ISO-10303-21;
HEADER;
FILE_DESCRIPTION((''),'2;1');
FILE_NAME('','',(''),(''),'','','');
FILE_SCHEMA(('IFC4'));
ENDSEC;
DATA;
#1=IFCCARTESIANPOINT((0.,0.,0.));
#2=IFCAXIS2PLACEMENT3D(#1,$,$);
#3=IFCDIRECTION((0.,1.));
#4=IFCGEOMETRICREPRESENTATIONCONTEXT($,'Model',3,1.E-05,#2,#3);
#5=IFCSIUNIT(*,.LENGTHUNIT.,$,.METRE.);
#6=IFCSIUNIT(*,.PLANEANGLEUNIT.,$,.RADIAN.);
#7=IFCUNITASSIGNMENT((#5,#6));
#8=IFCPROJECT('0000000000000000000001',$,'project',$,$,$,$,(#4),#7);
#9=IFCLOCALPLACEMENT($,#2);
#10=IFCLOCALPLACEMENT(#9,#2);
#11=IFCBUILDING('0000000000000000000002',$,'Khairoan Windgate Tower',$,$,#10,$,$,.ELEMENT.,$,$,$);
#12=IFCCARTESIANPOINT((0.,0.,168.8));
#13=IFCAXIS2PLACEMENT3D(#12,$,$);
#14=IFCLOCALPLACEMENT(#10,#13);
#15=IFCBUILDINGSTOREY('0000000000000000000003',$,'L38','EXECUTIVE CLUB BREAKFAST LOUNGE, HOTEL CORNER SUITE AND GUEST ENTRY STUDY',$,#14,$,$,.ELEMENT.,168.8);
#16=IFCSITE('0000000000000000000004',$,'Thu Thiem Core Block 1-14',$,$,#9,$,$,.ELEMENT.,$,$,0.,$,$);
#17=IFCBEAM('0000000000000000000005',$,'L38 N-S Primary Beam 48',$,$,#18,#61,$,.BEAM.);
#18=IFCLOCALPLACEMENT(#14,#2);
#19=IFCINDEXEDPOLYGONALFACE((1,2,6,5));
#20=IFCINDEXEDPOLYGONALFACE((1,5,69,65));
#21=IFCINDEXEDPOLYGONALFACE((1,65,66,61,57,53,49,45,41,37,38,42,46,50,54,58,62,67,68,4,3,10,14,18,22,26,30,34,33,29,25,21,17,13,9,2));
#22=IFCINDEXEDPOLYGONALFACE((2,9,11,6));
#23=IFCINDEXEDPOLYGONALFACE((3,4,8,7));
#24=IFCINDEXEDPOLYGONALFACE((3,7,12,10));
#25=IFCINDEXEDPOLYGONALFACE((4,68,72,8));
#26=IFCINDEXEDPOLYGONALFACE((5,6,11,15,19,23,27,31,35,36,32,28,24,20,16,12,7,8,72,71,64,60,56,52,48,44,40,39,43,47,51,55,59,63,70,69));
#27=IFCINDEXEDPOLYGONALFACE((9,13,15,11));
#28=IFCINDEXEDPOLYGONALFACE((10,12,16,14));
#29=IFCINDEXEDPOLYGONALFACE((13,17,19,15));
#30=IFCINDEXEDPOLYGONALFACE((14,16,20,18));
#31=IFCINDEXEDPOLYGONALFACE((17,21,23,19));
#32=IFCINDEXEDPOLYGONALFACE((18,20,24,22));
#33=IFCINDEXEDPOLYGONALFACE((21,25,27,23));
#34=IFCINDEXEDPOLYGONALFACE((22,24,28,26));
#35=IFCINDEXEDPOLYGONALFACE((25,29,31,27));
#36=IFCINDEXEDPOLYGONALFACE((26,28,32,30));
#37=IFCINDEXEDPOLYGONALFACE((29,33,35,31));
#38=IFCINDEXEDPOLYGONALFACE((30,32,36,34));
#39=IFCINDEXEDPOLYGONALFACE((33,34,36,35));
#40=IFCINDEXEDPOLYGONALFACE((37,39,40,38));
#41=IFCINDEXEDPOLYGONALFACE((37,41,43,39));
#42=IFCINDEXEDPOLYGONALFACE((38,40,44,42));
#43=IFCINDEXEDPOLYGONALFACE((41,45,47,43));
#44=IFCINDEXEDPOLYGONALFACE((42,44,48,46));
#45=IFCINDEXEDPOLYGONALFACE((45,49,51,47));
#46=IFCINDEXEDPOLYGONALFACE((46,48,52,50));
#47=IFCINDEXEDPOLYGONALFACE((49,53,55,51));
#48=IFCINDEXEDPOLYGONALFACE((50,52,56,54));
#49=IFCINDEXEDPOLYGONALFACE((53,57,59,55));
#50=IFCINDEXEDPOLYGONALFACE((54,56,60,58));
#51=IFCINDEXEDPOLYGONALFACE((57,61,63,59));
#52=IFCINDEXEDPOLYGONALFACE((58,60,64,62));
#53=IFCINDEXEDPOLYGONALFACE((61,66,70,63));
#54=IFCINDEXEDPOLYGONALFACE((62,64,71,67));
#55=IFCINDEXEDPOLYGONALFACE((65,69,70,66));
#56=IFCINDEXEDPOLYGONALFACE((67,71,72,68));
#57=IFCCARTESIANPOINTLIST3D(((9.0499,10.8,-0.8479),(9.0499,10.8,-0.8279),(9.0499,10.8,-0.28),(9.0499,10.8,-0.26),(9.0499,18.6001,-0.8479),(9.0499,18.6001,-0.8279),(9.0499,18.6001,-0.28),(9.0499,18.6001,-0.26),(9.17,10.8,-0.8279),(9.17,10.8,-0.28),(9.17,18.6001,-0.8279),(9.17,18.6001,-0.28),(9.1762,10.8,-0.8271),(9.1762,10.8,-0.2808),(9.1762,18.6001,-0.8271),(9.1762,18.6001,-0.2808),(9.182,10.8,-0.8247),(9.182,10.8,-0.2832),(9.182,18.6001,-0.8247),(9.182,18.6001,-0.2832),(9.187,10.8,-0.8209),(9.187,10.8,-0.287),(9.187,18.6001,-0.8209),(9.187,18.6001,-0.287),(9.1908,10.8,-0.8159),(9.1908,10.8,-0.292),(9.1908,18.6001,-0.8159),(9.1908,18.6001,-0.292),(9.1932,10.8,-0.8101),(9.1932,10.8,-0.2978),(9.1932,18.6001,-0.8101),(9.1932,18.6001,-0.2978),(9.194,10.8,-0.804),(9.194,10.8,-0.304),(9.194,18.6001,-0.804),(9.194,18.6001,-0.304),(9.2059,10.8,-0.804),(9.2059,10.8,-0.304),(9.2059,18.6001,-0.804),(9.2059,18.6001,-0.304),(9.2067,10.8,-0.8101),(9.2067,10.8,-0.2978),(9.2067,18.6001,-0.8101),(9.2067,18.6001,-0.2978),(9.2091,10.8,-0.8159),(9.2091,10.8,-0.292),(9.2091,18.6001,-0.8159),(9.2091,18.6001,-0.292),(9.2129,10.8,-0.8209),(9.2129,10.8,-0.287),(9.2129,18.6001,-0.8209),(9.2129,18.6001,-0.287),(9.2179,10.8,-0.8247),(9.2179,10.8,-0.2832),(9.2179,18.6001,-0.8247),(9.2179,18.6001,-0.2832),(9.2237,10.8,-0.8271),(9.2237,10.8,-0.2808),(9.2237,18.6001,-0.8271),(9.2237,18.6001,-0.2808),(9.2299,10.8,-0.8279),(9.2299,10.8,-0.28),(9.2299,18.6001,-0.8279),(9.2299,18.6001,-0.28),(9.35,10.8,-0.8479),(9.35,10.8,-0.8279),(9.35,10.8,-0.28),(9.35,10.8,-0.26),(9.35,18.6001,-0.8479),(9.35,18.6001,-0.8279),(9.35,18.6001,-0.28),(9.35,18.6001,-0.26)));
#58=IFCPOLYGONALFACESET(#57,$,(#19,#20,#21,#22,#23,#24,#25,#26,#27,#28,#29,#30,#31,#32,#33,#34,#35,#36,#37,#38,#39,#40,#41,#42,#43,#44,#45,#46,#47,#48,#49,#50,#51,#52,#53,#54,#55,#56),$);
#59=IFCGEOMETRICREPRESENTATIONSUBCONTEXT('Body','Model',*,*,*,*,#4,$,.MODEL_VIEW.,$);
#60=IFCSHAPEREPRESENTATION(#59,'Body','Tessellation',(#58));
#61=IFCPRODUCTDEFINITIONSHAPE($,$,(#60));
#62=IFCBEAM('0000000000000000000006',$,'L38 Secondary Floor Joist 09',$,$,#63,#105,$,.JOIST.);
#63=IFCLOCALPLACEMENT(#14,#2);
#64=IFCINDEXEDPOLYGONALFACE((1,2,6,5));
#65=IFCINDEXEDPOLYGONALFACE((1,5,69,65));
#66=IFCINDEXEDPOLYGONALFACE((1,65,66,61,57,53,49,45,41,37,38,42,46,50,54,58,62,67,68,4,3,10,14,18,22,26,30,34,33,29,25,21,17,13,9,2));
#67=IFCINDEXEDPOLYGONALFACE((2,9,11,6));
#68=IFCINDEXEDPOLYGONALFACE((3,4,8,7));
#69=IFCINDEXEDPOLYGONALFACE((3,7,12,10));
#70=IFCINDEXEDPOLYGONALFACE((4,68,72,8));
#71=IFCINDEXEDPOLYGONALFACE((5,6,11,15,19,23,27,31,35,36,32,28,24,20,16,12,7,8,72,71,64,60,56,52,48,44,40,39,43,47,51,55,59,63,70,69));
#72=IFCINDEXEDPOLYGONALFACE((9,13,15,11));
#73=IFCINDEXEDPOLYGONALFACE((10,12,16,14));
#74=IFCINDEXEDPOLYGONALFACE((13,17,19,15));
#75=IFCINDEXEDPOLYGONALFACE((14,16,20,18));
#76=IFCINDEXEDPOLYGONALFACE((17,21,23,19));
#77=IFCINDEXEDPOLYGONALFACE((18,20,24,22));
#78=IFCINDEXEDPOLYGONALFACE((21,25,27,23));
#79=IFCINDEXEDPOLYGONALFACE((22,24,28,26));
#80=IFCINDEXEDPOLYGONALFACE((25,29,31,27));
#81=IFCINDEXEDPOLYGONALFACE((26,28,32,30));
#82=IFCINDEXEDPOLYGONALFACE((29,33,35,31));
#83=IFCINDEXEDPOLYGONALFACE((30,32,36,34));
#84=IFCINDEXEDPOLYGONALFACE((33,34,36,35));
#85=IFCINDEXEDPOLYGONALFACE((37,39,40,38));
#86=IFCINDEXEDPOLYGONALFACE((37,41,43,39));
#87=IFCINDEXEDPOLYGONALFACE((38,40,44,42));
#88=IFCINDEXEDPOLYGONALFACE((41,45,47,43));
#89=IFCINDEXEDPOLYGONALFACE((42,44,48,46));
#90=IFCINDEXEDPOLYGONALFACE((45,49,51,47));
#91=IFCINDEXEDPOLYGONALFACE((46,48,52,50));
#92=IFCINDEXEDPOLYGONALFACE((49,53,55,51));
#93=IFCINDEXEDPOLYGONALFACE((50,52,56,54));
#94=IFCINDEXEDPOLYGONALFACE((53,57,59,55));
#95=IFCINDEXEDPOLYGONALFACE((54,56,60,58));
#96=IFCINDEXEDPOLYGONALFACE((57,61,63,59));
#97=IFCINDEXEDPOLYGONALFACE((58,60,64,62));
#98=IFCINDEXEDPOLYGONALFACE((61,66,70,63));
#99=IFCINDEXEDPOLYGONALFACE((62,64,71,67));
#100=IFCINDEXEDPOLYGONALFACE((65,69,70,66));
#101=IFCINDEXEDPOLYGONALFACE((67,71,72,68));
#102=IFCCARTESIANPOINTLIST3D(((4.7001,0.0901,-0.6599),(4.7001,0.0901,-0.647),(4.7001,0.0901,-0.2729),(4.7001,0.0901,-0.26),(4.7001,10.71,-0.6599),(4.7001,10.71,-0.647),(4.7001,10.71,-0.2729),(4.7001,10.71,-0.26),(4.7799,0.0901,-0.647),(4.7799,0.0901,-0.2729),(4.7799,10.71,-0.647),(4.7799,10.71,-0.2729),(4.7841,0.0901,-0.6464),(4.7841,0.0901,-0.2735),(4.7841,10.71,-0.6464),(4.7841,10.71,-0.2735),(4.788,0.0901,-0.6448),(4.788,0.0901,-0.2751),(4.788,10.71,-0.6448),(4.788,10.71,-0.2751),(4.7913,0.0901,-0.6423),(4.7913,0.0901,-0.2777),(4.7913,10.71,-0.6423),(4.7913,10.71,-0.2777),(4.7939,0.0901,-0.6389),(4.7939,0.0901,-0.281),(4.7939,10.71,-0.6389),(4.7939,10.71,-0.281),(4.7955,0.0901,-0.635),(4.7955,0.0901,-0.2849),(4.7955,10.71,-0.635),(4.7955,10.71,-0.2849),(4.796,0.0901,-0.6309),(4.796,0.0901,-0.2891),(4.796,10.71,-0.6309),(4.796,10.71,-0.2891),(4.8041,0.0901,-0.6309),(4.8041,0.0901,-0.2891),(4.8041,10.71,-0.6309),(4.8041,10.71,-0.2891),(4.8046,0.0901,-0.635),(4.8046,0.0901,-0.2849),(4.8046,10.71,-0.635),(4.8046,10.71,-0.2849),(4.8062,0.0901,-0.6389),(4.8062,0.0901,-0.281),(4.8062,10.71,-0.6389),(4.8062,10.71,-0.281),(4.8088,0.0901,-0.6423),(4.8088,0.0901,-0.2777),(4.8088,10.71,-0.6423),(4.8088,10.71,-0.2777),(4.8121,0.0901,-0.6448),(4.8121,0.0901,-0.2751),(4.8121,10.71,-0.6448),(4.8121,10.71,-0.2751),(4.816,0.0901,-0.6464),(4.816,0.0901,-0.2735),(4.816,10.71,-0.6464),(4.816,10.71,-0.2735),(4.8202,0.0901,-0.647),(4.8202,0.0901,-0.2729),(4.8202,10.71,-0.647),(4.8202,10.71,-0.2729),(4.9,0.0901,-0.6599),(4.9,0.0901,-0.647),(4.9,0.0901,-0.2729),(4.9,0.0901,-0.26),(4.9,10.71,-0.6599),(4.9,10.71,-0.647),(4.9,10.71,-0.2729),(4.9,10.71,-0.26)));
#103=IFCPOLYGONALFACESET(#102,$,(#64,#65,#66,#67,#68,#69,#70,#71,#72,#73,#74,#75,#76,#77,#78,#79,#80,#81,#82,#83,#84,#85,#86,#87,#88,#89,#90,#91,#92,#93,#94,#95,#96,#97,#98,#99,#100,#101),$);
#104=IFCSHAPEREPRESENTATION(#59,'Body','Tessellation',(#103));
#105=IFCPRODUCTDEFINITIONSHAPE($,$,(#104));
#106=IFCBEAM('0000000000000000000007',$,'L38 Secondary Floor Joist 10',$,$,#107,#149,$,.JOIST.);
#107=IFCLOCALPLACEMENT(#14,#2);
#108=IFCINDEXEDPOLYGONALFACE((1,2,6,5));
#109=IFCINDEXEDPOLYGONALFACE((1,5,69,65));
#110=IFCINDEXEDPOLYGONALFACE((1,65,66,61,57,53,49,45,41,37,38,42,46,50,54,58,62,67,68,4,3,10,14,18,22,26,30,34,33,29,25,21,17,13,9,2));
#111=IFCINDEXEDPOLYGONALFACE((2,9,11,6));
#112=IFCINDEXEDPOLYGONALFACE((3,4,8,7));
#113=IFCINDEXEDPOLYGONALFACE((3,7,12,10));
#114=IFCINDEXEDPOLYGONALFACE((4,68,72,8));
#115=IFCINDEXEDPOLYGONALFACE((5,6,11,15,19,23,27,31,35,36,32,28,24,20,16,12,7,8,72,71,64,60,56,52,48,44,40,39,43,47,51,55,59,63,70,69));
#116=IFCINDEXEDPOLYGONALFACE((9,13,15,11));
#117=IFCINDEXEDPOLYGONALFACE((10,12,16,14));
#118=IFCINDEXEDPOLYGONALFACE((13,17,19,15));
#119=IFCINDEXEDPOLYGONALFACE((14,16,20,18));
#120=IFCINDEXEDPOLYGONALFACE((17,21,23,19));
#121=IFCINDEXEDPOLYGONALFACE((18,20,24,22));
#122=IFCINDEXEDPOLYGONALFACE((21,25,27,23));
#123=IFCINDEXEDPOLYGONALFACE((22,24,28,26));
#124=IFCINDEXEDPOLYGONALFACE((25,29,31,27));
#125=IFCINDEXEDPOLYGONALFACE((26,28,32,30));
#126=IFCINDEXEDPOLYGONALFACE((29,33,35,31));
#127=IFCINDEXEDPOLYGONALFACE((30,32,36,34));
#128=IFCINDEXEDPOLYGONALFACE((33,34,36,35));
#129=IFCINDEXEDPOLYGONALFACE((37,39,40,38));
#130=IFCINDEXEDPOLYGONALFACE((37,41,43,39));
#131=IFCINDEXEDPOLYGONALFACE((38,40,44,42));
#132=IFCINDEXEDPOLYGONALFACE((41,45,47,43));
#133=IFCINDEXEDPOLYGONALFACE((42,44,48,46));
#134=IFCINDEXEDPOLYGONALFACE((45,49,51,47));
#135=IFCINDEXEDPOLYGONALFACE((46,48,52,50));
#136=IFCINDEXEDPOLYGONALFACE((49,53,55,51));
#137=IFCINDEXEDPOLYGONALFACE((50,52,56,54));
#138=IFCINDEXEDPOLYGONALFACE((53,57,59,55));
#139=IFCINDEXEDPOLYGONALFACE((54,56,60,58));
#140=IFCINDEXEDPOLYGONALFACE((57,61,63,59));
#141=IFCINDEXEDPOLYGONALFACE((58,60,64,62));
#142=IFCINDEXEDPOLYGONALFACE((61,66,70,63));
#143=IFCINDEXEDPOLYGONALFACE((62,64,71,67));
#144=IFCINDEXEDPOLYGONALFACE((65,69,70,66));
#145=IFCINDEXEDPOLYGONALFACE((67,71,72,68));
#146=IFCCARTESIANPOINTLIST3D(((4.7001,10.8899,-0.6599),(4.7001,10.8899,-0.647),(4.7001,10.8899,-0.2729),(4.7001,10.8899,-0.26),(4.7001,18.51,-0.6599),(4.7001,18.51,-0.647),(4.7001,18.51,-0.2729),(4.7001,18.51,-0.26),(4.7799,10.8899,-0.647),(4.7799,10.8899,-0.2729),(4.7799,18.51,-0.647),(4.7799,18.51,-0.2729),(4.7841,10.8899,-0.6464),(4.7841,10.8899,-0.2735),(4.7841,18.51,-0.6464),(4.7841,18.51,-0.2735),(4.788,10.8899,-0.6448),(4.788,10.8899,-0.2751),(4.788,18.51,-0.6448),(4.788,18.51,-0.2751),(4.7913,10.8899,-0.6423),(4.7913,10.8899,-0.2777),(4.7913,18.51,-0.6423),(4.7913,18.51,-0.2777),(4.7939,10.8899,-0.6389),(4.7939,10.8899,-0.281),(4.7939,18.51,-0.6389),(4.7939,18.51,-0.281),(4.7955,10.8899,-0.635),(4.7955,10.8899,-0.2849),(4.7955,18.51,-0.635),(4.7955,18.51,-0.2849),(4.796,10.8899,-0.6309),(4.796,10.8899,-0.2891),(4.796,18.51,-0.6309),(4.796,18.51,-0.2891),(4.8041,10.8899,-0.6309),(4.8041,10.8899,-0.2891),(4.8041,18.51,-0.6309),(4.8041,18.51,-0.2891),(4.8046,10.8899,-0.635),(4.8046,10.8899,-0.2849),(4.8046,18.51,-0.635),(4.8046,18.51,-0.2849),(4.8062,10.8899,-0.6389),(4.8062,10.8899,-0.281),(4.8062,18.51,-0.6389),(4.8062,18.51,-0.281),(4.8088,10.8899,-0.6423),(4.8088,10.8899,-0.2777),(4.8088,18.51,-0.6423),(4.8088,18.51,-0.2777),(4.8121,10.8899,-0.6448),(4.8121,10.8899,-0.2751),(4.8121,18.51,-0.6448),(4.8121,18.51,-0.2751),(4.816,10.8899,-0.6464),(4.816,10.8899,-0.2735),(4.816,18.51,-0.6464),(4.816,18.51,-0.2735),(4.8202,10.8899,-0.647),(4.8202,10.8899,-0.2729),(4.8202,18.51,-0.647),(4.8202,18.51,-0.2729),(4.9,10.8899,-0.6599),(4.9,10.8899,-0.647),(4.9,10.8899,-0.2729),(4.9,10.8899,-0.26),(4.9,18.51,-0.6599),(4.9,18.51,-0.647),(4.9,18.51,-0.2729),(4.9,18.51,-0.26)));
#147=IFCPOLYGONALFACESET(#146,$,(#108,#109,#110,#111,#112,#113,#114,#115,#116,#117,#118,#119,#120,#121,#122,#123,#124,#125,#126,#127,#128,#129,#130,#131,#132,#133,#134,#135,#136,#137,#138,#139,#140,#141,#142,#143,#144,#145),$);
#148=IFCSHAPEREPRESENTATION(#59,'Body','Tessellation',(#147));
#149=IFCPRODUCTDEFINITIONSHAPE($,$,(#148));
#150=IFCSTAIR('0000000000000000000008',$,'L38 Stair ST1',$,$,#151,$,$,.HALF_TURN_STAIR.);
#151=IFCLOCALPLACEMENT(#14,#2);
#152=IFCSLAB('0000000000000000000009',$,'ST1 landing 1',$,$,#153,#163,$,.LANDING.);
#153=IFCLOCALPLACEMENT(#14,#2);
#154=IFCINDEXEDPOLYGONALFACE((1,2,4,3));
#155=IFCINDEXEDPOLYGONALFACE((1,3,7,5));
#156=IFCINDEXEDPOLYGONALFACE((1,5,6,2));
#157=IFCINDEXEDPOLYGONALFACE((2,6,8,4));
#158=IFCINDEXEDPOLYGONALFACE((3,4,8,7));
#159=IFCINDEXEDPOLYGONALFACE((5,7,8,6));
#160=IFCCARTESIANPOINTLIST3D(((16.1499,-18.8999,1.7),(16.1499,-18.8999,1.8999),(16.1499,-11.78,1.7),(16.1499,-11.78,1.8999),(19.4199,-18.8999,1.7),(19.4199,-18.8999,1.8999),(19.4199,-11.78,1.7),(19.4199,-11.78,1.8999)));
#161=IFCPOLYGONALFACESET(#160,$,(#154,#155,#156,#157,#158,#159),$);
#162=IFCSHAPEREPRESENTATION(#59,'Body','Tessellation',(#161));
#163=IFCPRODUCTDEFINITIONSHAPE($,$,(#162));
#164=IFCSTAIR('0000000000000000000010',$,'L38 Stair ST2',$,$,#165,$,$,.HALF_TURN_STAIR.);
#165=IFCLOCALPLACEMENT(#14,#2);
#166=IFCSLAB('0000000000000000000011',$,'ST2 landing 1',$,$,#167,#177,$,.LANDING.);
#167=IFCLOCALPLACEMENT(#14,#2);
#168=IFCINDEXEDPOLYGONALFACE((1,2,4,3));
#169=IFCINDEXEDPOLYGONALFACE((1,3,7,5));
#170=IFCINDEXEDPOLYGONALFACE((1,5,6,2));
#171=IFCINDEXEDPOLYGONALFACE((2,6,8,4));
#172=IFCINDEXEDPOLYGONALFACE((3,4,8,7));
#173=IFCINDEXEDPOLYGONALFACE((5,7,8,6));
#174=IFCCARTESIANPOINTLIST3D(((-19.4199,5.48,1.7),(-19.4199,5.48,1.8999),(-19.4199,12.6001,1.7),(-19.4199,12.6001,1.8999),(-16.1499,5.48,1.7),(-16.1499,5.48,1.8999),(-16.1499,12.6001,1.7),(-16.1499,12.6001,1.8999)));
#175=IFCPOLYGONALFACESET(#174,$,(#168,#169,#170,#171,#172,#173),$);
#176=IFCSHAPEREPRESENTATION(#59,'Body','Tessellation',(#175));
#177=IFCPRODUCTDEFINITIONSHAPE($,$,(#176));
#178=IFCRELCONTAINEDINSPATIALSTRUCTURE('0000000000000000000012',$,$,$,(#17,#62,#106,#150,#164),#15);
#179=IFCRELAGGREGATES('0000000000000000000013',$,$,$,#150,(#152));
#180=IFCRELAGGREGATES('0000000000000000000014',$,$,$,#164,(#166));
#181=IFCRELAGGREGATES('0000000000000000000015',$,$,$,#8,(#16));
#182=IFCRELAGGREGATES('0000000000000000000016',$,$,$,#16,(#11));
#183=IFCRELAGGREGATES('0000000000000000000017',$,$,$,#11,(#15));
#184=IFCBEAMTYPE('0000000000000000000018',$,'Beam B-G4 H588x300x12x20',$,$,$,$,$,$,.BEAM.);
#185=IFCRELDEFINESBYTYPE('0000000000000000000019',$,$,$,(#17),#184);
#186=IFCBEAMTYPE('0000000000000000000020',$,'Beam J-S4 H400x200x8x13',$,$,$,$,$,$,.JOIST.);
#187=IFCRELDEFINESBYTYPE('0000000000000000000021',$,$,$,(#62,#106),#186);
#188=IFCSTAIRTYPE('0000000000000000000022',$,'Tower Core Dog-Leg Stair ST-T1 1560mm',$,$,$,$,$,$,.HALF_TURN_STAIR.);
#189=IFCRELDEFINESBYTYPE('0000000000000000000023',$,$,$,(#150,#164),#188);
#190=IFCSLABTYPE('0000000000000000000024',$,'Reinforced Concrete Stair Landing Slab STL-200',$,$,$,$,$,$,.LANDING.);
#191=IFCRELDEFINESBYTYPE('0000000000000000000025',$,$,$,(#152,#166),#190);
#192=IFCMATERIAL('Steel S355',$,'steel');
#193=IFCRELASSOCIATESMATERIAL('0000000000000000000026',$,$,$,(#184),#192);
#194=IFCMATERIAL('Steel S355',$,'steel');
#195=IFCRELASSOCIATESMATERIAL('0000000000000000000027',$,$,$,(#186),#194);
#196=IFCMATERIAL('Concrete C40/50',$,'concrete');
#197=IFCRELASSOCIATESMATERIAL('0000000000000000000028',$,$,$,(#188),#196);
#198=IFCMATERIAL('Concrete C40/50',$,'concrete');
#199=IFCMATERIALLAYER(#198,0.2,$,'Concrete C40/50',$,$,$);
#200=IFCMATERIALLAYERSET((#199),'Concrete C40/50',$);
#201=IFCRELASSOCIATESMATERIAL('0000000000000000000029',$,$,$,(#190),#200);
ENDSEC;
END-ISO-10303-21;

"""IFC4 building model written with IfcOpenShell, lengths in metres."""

from ifc_helpers import new_model, si_unit, direction, frame, origin, origin_2d, place, context, subcontext, project, spatial, polyline, i_section, outline, extrude, material, layer, layer_set, material_profile, profile_set, type_object, element, aggregate, save


model = new_model("IFC4")

# Units and contexts
model_context = context("Model", 3, precision=1e-05, world=origin(), true_north=direction((0.0, 1.0)))
body_context = subcontext(model_context, "Body", "Model", "MODEL_VIEW")
ifc_project = project(units=[si_unit("LENGTHUNIT", "METRE"), si_unit("PLANEANGLEUNIT", "RADIAN")], contexts=[model_context])

# Site, building, storey
site_placement = place(None, origin())
site = spatial("IfcSite", under=ifc_project, at=site_placement, Name="Thu Thiem Core Block 1-14", CompositionType="ELEMENT", RefElevation=0.0)
building_placement = place(site_placement, origin())
building = spatial("IfcBuilding", under=site, at=building_placement, Name="Khairoan Windgate Tower", CompositionType="ELEMENT")
storey_placement = place(building_placement, frame((0.0, 0.0, 168.8)))
storey = spatial("IfcBuildingStorey", under=building, at=storey_placement, Name="L38", Description="EXECUTIVE CLUB BREAKFAST LOUNGE, HOTEL CORNER SUITE AND GUEST ENTRY STUDY", CompositionType="ELEMENT", Elevation=168.8)

# Beams
ifc_material_1 = material(Name="Steel S355", Category="steel")
ifc_material_profile_1 = material_profile(ifc_material_1, i_section(OverallWidth=0.3, OverallDepth=0.5879, WebThickness=0.012, FlangeThickness=0.02, FilletRadius=0.0239, at=origin_2d()))
ifc_profile_set_1 = profile_set([ifc_material_profile_1], Name="Steel S355")
beam_type_1 = type_object("IfcBeamType", Name="Beam B-G4 H588x300x12x20", PredefinedType="BEAM", material=ifc_profile_set_1)
beam_1_placement = place(storey_placement, frame((9.2, 10.8, -0.554), z_axis=(0.0, 1.0, 0.0), x_axis=(-1.0, 0.0, 0.0)))
element("IfcBeam", 1, at=beam_1_placement, inside=storey, type_object=beam_type_1, Name="L38 N-S Primary Beam 48", PredefinedType="BEAM", context=body_context, shape_type="SweptSolid", body=[
    extrude(i_section(OverallWidth=0.3, OverallDepth=0.5879, WebThickness=0.012, FlangeThickness=0.02, FilletRadius=0.0239, at=origin_2d()), origin(), (0.0, 0.0, 1.0), 7.8),
])
ifc_material_2 = material(Name="Steel S355", Category="steel")
ifc_material_profile_2 = material_profile(ifc_material_2, i_section(OverallWidth=0.2, OverallDepth=0.3999, WebThickness=0.0081, FlangeThickness=0.0129, FilletRadius=0.0161, at=origin_2d()))
ifc_profile_set_2 = profile_set([ifc_material_profile_2], Name="Steel S355")
beam_type_2 = type_object("IfcBeamType", Name="Beam J-S4 H400x200x8x13", PredefinedType="JOIST", material=ifc_profile_set_2)
beam_2_placement = place(storey_placement, frame((4.8, 0.0901, -0.46), z_axis=(0.0, 1.0, 0.0), x_axis=(-1.0, 0.0, 0.0)))
element("IfcBeam", 2, at=beam_2_placement, inside=storey, type_object=beam_type_2, Name="L38 Secondary Floor Joist 09", PredefinedType="JOIST", context=body_context, shape_type="SweptSolid", body=[
    extrude(i_section(OverallWidth=0.2, OverallDepth=0.3999, WebThickness=0.0081, FlangeThickness=0.0129, FilletRadius=0.0161, at=origin_2d()), origin(), (0.0, 0.0, 1.0), 10.6199),
])
beam_3_placement = place(storey_placement, frame((4.8, 10.8899, -0.46), z_axis=(0.0, 1.0, 0.0), x_axis=(-1.0, 0.0, 0.0)))
element("IfcBeam", 3, at=beam_3_placement, inside=storey, type_object=beam_type_2, Name="L38 Secondary Floor Joist 10", PredefinedType="JOIST", context=body_context, shape_type="SweptSolid", body=[
    extrude(i_section(OverallWidth=0.2, OverallDepth=0.3999, WebThickness=0.0081, FlangeThickness=0.0129, FilletRadius=0.0161, at=origin_2d()), origin(), (0.0, 0.0, 1.0), 7.6201),
])

# Stairs, slabs
ifc_material_3 = material(Name="Concrete C40/50", Category="concrete")
stair_type = type_object("IfcStairType", Name="Tower Core Dog-Leg Stair ST-T1 1560mm", PredefinedType="HALF_TURN_STAIR", material=ifc_material_3)
stair_1_placement = place(storey_placement, origin())
stair_1 = element("IfcStair", 4, at=stair_1_placement, inside=storey, type_object=stair_type, Name="L38 Stair ST1", PredefinedType="HALF_TURN_STAIR")
ifc_material_4 = material(Name="Concrete C40/50", Category="concrete")
ifc_layer_1 = layer(ifc_material_4, 0.2, Name="Concrete C40/50")
ifc_layer_set_1 = layer_set([ifc_layer_1], Name="Concrete C40/50")
slab_type_1 = type_object("IfcSlabType", Name="Reinforced Concrete Stair Landing Slab STL-200", PredefinedType="LANDING", material=ifc_layer_set_1)
slab_1_placement = place(storey_placement, frame((0.0, 0.0, 1.7)))
slab_1 = element("IfcSlab", 5, at=slab_1_placement, type_object=slab_type_1, Name="ST1 landing 1", PredefinedType="LANDING", context=body_context, shape_type="SweptSolid", body=[
    extrude(outline(polyline([(16.1499, -11.78), (16.1499, -18.8999), (19.4199, -18.8999), (19.4199, -11.78), (16.1499, -11.78)])), origin(), (0.0, 0.0, 1.0), 0.2),
])
aggregate(stair_1, [slab_1])
stair_2_placement = place(storey_placement, origin())
stair_2 = element("IfcStair", 6, at=stair_2_placement, inside=storey, type_object=stair_type, Name="L38 Stair ST2", PredefinedType="HALF_TURN_STAIR")
slab_2_placement = place(storey_placement, frame((0.0, 0.0, 1.7)))
slab_2 = element("IfcSlab", 7, at=slab_2_placement, type_object=slab_type_1, Name="ST2 landing 1", PredefinedType="LANDING", context=body_context, shape_type="SweptSolid", body=[
    extrude(outline(polyline([(-16.1499, 5.48), (-16.1499, 12.6001), (-19.4199, 12.6001), (-19.4199, 5.48), (-16.1499, 5.48)])), origin(), (0.0, 0.0, 1.0), 0.2),
])
aggregate(stair_2, [slab_2])

save(model, "model.ifc")
